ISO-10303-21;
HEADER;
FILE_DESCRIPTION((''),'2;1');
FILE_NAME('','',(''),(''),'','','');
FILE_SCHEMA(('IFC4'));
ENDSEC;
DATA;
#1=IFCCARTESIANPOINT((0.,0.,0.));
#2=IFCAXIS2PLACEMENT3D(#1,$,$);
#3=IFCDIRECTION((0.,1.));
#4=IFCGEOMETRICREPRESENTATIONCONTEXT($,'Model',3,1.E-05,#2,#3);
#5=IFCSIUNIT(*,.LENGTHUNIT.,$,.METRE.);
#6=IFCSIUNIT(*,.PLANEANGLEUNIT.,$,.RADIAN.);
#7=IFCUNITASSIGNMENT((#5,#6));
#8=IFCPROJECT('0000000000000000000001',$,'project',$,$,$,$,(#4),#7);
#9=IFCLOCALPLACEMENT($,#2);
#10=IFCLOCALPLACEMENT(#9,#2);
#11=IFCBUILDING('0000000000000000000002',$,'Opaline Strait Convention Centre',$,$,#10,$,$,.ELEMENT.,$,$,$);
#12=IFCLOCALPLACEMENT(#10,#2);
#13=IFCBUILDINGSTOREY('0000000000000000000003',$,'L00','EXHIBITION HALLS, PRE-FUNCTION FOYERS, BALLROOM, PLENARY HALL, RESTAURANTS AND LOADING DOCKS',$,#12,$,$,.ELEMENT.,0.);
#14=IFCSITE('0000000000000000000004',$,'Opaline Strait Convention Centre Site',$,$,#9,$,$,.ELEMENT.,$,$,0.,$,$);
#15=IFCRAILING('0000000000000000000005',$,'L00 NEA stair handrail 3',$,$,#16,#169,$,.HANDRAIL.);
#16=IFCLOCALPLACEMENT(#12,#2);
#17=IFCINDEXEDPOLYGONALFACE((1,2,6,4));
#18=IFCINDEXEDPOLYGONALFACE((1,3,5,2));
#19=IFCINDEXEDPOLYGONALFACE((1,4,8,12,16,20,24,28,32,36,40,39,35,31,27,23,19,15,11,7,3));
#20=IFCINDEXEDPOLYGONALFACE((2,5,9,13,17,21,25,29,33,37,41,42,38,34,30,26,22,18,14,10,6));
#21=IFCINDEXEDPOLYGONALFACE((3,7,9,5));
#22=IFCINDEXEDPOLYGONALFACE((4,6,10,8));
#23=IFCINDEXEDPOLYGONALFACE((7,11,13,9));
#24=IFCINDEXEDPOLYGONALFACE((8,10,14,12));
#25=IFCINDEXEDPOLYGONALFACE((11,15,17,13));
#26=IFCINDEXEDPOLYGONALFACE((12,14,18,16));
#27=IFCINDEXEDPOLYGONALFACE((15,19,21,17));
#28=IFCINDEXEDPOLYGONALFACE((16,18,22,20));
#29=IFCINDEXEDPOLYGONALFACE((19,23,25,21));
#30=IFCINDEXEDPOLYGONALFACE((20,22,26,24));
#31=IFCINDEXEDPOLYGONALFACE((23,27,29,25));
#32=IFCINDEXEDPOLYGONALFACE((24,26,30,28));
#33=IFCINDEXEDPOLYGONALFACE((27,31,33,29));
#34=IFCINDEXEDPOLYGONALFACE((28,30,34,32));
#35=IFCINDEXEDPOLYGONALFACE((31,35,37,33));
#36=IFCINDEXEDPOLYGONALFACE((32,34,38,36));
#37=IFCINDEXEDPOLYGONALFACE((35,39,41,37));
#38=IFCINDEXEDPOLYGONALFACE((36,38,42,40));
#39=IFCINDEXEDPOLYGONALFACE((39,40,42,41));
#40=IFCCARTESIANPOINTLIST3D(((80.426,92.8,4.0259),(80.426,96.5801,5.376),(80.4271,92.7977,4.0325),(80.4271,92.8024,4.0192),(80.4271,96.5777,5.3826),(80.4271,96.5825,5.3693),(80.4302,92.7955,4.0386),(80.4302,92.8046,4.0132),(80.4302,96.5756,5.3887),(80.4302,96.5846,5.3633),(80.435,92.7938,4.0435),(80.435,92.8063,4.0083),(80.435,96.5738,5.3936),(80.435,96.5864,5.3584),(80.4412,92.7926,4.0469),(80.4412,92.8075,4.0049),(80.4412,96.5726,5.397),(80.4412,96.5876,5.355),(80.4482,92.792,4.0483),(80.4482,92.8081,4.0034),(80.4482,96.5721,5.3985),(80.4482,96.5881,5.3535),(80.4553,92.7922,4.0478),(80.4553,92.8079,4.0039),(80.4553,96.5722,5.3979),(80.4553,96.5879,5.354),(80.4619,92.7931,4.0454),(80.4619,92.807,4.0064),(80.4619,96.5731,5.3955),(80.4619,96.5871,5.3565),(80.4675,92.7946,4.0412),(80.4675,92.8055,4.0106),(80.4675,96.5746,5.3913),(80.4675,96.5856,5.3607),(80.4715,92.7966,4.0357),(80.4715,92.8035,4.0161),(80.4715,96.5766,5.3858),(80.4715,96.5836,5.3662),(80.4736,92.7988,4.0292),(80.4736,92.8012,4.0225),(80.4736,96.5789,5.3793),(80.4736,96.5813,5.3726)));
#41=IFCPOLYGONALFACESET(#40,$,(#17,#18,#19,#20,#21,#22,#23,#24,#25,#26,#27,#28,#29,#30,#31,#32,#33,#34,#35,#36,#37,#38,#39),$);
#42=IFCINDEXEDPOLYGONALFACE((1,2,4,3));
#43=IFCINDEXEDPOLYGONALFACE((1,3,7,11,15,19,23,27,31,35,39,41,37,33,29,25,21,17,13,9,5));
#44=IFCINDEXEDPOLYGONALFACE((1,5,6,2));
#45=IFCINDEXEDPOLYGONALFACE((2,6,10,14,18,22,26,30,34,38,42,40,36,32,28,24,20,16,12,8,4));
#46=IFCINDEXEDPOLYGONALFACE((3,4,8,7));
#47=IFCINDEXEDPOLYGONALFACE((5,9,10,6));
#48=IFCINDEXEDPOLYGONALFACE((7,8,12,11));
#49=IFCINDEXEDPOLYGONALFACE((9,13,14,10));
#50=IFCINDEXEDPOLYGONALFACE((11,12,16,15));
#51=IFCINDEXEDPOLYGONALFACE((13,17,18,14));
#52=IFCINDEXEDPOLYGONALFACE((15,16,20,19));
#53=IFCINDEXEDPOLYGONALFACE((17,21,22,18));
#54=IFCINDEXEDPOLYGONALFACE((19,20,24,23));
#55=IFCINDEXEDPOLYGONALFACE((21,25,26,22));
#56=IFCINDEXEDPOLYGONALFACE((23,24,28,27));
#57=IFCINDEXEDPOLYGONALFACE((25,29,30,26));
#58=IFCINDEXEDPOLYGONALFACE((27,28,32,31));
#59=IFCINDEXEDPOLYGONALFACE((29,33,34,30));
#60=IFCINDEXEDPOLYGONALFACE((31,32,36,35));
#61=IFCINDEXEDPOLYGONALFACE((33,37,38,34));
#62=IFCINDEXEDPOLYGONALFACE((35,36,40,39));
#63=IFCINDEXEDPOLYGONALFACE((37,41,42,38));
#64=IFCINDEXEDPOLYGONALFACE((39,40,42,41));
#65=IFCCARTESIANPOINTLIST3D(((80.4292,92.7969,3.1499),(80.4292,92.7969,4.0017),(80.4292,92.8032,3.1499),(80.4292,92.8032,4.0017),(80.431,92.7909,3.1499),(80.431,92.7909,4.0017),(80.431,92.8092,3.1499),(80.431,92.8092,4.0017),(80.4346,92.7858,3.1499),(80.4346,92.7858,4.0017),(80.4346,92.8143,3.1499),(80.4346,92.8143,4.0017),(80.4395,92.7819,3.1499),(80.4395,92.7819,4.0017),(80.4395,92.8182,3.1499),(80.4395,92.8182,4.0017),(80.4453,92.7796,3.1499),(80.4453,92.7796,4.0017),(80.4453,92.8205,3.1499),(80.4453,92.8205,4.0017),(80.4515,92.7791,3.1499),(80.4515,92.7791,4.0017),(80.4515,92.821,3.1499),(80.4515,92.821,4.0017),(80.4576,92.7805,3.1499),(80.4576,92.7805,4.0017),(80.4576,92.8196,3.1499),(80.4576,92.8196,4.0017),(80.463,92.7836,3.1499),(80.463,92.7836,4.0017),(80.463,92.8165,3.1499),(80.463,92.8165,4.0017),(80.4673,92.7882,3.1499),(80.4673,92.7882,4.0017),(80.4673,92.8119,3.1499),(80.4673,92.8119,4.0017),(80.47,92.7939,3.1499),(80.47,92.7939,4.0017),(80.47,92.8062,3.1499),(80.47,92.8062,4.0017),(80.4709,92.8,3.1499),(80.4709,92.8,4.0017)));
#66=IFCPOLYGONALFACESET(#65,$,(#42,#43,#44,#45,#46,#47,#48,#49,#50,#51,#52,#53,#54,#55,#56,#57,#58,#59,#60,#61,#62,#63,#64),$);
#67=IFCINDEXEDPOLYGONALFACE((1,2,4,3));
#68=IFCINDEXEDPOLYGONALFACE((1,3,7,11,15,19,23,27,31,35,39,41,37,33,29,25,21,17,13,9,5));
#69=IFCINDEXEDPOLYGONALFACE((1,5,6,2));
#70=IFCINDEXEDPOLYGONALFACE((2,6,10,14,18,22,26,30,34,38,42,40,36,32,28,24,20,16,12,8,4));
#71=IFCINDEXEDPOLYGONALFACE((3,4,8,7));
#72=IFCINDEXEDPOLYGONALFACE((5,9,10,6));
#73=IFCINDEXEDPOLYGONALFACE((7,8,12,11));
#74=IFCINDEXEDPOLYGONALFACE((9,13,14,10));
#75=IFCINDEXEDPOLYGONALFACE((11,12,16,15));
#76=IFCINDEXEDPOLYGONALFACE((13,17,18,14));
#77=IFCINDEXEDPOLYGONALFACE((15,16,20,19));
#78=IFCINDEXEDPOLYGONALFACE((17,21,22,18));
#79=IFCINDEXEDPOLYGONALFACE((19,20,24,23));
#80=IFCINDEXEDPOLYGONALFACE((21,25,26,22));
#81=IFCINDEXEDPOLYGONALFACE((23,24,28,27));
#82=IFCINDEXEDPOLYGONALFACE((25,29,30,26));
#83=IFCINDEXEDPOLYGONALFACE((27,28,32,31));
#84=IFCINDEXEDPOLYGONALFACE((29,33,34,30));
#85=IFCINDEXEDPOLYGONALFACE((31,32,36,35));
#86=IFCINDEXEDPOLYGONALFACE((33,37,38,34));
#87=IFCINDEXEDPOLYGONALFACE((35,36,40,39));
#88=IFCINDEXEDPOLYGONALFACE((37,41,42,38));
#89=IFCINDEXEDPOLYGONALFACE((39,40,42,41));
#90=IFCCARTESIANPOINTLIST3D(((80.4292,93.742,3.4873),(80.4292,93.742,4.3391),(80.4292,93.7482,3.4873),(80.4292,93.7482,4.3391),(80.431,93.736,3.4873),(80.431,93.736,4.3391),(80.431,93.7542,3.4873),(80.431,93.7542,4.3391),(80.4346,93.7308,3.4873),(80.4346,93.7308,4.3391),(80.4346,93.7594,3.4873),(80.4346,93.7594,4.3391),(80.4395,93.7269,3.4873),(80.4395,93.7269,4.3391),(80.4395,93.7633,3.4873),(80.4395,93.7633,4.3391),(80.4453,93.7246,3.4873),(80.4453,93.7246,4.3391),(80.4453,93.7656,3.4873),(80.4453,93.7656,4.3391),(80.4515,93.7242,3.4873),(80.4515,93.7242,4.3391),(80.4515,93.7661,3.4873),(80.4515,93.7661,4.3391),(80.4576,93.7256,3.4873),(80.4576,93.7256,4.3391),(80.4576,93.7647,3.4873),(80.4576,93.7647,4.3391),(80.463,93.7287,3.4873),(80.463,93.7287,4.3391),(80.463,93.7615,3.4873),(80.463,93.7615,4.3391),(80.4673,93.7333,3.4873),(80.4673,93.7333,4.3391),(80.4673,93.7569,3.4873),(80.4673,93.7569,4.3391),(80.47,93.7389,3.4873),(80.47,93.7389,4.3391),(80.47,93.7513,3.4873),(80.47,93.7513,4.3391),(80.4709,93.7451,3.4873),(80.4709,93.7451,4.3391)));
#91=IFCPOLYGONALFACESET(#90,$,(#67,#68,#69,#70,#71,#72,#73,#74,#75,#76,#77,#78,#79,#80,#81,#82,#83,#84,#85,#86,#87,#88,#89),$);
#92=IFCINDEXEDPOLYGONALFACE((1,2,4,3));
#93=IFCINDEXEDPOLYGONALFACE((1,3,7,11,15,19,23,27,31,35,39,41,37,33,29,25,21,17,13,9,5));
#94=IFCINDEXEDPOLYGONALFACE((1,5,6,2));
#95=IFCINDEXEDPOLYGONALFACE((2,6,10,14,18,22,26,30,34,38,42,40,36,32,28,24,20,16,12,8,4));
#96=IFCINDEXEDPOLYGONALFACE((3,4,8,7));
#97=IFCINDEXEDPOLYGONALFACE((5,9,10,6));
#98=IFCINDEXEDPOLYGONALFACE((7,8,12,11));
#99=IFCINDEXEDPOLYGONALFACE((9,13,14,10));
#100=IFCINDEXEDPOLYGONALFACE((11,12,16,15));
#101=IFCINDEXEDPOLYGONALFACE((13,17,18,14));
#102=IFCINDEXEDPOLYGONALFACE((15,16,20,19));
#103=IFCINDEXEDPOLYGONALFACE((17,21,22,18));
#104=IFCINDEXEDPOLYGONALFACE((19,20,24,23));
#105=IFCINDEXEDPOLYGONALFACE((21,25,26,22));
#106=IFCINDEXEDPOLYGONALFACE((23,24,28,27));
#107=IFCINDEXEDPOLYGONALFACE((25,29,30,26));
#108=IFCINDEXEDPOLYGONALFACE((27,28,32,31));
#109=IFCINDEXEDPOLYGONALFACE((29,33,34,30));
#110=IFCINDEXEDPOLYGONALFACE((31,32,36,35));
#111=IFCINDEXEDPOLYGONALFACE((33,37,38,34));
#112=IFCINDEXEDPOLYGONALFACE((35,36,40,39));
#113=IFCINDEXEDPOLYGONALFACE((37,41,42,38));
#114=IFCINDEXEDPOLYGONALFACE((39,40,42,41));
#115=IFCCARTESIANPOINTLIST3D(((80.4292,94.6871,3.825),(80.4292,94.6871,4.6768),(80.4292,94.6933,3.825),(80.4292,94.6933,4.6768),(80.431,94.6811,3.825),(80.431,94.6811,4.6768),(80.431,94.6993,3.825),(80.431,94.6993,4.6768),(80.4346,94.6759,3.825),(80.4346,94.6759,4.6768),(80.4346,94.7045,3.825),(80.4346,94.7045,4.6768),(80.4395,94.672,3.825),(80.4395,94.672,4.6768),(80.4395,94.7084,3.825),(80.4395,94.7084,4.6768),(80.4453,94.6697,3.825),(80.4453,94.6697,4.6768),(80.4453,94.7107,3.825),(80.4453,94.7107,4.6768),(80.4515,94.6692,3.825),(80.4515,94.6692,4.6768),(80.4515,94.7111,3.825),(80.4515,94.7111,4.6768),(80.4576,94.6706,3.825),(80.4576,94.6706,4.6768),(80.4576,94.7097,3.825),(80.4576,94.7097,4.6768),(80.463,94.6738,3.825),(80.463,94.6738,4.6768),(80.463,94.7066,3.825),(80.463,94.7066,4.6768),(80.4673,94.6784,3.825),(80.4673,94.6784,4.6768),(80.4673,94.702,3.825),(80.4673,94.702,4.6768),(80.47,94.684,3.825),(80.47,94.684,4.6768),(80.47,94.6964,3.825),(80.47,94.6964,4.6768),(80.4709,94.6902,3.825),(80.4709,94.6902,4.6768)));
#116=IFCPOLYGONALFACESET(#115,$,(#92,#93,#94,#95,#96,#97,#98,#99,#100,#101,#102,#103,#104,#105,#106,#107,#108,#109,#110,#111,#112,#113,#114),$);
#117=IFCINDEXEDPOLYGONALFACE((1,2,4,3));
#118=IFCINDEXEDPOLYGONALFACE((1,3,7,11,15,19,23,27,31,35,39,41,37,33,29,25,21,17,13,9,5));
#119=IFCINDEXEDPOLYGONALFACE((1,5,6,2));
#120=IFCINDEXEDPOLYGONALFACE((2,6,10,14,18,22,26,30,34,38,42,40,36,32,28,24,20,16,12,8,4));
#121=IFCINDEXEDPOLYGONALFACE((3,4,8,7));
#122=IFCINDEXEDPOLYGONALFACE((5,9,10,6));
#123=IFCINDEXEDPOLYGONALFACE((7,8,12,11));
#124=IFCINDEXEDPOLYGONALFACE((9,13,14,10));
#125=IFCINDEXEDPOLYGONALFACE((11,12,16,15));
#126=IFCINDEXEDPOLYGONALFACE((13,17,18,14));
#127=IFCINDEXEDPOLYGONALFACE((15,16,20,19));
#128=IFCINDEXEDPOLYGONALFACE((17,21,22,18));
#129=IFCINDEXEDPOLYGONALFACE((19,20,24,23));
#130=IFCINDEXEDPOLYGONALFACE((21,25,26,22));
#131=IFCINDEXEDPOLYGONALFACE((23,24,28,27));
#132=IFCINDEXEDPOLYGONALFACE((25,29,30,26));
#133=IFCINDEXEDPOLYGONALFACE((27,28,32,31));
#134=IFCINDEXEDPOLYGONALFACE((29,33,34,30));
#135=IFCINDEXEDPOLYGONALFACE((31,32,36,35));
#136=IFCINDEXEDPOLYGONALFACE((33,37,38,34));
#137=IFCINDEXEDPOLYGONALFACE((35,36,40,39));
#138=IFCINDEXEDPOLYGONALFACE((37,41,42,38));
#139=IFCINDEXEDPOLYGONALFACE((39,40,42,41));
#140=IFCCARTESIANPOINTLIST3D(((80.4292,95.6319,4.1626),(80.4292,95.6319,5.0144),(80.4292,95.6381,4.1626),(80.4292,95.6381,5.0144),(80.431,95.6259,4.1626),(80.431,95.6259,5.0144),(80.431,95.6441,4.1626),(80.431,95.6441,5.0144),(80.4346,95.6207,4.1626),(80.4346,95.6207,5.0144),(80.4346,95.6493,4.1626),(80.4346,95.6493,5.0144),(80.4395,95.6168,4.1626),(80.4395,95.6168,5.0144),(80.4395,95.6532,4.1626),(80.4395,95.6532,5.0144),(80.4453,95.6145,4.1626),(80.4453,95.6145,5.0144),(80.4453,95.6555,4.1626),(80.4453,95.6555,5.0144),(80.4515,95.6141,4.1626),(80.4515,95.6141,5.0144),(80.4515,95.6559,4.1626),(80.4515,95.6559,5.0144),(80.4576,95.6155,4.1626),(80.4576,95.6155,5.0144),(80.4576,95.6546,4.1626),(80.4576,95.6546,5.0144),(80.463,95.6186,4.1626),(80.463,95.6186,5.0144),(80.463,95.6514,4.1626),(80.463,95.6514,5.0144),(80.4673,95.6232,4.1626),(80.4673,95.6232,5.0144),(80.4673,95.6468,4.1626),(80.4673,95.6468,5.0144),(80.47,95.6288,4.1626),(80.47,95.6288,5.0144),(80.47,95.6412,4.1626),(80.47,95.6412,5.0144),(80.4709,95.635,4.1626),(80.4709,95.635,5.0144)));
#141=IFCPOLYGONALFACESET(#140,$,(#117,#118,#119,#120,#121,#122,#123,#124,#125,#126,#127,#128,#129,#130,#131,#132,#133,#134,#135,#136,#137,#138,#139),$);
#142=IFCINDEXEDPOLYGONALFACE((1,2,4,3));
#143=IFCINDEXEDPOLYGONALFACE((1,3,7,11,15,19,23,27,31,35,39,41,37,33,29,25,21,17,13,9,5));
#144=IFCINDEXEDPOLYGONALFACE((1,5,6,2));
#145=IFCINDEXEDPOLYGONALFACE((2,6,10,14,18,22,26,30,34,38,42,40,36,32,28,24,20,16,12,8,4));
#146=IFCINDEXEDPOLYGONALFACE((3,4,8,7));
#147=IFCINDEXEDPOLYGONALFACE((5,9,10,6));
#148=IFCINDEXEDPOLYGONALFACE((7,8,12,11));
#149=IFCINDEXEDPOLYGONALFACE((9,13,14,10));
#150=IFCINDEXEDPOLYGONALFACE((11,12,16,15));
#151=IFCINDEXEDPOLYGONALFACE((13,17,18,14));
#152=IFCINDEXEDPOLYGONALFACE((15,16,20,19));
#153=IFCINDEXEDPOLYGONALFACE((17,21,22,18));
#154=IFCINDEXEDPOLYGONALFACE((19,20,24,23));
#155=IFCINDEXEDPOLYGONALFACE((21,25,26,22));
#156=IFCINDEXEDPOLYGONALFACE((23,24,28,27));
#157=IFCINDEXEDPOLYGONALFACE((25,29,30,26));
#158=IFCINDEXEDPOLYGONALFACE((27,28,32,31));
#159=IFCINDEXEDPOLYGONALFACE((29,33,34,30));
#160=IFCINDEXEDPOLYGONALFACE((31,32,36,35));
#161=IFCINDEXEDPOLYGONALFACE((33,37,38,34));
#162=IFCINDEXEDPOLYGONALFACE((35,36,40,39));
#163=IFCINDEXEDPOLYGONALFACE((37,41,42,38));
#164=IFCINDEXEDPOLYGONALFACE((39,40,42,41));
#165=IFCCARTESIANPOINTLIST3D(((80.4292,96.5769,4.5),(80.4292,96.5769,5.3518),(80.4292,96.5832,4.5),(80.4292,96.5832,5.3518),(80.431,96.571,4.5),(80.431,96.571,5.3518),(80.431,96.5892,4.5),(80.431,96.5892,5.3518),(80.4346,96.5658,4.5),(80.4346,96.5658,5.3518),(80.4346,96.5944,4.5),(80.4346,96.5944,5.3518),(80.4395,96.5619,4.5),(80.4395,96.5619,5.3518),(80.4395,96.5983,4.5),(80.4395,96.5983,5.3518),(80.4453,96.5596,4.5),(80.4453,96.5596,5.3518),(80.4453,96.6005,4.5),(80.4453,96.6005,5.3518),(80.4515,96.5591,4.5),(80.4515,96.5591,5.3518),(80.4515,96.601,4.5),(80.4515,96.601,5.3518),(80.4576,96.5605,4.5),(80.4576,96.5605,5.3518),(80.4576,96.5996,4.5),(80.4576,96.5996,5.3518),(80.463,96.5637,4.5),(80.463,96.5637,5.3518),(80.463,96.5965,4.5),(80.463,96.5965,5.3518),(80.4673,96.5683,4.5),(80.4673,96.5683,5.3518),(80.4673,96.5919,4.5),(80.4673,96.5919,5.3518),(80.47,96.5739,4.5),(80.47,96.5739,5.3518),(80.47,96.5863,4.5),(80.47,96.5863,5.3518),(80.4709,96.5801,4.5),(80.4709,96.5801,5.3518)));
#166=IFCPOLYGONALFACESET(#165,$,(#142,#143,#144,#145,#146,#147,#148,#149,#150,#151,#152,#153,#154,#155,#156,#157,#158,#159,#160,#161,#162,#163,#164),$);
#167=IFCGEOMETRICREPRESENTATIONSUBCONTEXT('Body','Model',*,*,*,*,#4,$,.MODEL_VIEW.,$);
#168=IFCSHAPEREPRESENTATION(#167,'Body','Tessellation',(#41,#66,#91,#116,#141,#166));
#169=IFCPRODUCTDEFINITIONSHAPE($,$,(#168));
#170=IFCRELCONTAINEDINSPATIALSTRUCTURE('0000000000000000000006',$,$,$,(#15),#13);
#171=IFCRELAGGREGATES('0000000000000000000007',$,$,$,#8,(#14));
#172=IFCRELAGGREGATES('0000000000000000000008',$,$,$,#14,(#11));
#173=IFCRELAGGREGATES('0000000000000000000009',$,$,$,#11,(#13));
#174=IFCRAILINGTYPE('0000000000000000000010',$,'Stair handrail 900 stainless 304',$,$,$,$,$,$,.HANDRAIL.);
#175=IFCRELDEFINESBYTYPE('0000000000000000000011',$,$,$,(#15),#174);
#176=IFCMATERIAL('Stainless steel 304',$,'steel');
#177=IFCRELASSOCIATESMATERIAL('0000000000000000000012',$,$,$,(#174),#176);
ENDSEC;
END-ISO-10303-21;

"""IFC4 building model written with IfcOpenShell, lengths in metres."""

from ifc_helpers import new_model, si_unit, direction, frame, origin, origin_2d, place, context, subcontext, project, spatial, circle, extrude, material, type_object, element, save


model = new_model("IFC4")

# Units and contexts
model_context = context("Model", 3, precision=1e-05, world=origin(), true_north=direction((0.0, 1.0)))
body_context = subcontext(model_context, "Body", "Model", "MODEL_VIEW")
ifc_project = project(units=[si_unit("LENGTHUNIT", "METRE"), si_unit("PLANEANGLEUNIT", "RADIAN")], contexts=[model_context])

# Site, building, storey
site_placement = place(None, origin())
site = spatial("IfcSite", under=ifc_project, at=site_placement, Name="Opaline Strait Convention Centre Site", CompositionType="ELEMENT", RefElevation=0.0)
building_placement = place(site_placement, origin())
building = spatial("IfcBuilding", under=site, at=building_placement, Name="Opaline Strait Convention Centre", CompositionType="ELEMENT")
storey_placement = place(building_placement, origin())
storey = spatial("IfcBuildingStorey", under=building, at=storey_placement, Name="L00", Description="EXHIBITION HALLS, PRE-FUNCTION FOYERS, BALLROOM, PLENARY HALL, RESTAURANTS AND LOADING DOCKS", CompositionType="ELEMENT", Elevation=0.0)

# Railing
ifc_material_1 = material(Name="Stainless steel 304", Category="steel")
railing_type_1 = type_object("IfcRailingType", Name="Stair handrail 900 stainless 304", PredefinedType="HANDRAIL", material=ifc_material_1)
railing_1_placement = place(storey_placement, frame((80.45, 92.8, 3.1499)))
element("IfcRailing", 1, at=railing_1_placement, inside=storey, type_object=railing_type_1, Name="L00 NEA stair handrail 3", PredefinedType="HANDRAIL", context=body_context, shape_type="SweptSolid", body=[
    extrude(circle(Radius=0.0239, at=origin_2d()), frame((0.0, 0.0, 0.876), z_axis=(0.0, 0.941735, 0.336356), x_axis=(-1.0, 0.0, 0.0)), (0.0, 0.0, 1.0), 4.0139),
    extrude(circle(Radius=0.021, at=origin_2d()), origin(), (0.0, 0.0, 1.0), 0.8518),
    extrude(circle(Radius=0.021, at=origin_2d()), frame((0.0, 0.9451, 0.3374)), (0.0, 0.0, 1.0), 0.8518),
    extrude(circle(Radius=0.021, at=origin_2d()), frame((0.0, 1.8901, 0.675)), (0.0, 0.0, 1.0), 0.8518),
    extrude(circle(Radius=0.021, at=origin_2d()), frame((0.0, 2.835, 1.0127)), (0.0, 0.0, 1.0), 0.8518),
    extrude(circle(Radius=0.021, at=origin_2d()), frame((0.0, 3.78, 1.3501)), (0.0, 0.0, 1.0), 0.8518),
])

save(model, "model.ifc")
